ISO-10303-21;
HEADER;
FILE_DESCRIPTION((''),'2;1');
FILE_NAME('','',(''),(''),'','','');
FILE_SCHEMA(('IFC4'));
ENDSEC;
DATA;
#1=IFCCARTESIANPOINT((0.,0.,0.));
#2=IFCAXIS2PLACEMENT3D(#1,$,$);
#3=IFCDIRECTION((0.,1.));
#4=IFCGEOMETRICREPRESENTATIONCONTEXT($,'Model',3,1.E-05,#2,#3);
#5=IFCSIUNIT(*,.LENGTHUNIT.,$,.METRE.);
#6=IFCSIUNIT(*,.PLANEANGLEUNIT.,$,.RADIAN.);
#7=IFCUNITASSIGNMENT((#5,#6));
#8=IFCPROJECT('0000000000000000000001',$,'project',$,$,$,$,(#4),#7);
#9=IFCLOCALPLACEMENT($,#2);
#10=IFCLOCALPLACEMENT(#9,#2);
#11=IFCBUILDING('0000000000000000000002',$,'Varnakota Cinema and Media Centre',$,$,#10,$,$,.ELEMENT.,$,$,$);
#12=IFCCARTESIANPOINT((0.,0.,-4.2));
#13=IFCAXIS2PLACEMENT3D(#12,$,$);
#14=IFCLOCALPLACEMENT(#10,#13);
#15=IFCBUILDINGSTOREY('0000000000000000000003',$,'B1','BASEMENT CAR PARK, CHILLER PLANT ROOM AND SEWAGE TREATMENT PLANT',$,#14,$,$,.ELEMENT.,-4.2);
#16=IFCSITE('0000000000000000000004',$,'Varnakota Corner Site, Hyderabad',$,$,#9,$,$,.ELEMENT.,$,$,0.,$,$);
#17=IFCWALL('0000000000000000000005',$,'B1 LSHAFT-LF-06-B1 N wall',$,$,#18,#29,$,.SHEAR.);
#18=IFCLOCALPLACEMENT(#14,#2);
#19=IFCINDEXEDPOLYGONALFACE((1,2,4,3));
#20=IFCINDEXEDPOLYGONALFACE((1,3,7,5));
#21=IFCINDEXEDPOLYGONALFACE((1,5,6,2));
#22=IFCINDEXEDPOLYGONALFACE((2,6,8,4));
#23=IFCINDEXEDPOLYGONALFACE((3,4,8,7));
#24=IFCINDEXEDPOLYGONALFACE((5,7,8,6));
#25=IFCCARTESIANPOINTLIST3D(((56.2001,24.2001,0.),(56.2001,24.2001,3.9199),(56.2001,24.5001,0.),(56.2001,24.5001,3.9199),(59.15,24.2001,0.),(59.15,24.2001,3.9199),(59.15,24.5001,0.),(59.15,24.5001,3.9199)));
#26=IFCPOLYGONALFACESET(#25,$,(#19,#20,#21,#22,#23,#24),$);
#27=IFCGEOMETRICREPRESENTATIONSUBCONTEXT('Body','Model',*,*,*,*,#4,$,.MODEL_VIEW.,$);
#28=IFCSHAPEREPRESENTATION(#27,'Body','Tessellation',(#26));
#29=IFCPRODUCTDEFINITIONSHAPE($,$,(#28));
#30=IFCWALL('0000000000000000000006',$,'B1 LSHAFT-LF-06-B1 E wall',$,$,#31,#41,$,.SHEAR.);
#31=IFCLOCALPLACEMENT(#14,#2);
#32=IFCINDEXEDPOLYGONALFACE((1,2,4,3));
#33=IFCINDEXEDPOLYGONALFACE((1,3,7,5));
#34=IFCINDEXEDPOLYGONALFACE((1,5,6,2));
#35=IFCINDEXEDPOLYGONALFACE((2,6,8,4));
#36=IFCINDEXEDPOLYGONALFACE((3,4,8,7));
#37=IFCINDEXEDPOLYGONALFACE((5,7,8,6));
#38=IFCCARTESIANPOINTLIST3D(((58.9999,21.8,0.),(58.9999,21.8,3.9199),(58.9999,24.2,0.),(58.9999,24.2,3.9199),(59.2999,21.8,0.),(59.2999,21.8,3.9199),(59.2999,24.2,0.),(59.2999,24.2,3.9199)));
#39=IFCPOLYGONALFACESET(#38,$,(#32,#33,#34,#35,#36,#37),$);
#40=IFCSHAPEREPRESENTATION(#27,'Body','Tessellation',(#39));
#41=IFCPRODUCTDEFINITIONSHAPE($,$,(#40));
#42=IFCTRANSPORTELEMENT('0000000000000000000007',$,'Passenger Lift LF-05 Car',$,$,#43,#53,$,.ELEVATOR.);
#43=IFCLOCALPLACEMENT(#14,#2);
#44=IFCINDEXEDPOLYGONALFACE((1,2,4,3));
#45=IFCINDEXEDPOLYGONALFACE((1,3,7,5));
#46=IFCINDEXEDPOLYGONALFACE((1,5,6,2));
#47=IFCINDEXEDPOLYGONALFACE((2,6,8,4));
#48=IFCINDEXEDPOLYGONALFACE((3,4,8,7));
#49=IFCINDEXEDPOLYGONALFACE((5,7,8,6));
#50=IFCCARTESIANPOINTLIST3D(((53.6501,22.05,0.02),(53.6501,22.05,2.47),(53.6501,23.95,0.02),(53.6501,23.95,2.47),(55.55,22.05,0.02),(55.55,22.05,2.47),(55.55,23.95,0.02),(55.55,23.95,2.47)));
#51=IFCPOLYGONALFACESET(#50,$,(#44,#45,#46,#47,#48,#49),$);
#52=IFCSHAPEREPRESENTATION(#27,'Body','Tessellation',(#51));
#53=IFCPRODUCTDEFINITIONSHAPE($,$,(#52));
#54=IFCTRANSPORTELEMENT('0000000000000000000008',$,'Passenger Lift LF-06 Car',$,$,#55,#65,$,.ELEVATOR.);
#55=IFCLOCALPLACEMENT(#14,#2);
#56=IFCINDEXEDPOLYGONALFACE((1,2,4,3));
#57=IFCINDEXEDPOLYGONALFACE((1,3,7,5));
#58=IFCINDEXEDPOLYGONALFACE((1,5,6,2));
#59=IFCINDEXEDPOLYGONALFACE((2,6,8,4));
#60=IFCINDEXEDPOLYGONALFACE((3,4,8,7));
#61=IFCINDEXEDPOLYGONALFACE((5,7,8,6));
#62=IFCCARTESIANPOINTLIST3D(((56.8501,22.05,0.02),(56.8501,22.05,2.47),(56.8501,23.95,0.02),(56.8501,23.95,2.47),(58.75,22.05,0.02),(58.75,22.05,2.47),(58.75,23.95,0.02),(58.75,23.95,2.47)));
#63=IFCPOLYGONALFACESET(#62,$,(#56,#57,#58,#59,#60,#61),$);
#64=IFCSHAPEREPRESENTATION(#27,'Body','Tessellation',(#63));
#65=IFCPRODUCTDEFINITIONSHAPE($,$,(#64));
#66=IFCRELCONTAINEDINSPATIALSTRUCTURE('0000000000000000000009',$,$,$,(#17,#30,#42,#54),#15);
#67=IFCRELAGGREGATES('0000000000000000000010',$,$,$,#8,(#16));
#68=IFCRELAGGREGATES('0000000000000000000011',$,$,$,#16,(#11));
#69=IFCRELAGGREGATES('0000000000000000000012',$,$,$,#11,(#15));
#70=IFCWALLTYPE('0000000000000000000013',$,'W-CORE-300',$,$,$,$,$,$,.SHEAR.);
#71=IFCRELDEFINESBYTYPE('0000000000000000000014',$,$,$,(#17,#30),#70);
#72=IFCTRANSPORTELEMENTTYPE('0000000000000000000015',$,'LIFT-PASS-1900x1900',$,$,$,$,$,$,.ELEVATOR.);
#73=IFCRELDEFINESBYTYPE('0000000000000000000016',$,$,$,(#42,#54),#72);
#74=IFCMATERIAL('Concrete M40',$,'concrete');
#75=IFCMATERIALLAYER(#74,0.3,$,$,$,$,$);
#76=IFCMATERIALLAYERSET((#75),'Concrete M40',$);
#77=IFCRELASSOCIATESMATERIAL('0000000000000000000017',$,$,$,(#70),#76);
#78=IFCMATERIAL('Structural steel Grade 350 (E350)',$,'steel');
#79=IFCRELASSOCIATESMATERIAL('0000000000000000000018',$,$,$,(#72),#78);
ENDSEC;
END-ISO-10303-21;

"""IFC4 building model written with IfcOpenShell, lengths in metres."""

from ifc_helpers import new_model, si_unit, direction, frame, frame_2d, origin, origin_2d, place, context, subcontext, project, spatial, rectangle, extrude, material, layer, layer_set, type_object, element, save


model = new_model("IFC4")

# Units and contexts
model_context = context("Model", 3, precision=1e-05, world=origin(), true_north=direction((0.0, 1.0)))
body_context = subcontext(model_context, "Body", "Model", "MODEL_VIEW")
ifc_project = project(units=[si_unit("LENGTHUNIT", "METRE"), si_unit("PLANEANGLEUNIT", "RADIAN")], contexts=[model_context])

# Site, building, storey
site_placement = place(None, origin())
site = spatial("IfcSite", under=ifc_project, at=site_placement, Name="Varnakota Corner Site, Hyderabad", CompositionType="ELEMENT", RefElevation=0.0)
building_placement = place(site_placement, origin())
building = spatial("IfcBuilding", under=site, at=building_placement, Name="Varnakota Cinema and Media Centre", CompositionType="ELEMENT")
storey_placement = place(building_placement, frame((0.0, 0.0, -4.2)))
storey = spatial("IfcBuildingStorey", under=building, at=storey_placement, Name="B1", Description="BASEMENT CAR PARK, CHILLER PLANT ROOM AND SEWAGE TREATMENT PLANT", CompositionType="ELEMENT", Elevation=-4.2)

# Shared definitions
ifc_material_1 = material(Name="Concrete M40", Category="concrete")
ifc_layer = layer(ifc_material_1, 0.3)
ifc_layer_set = layer_set([ifc_layer], Name="Concrete M40")
wall_type = type_object("IfcWallType", Name="W-CORE-300", PredefinedType="SHEAR", material=ifc_layer_set)

# Walls
wall_1_placement = place(storey_placement, frame((56.2, 24.3501, 0.0), z_axis=(0.0, 0.0, 1.0), x_axis=(1.0, 0.0, 0.0)))
element("IfcWall", 1, at=wall_1_placement, inside=storey, type_object=wall_type, Name="B1 LSHAFT-LF-06-B1 N wall", PredefinedType="SHEAR", context=body_context, shape_type="SweptSolid", body=[
    extrude(rectangle(XDim=2.95, YDim=0.3, at=frame_2d((1.4751, 0.0))), origin(), (0.0, 0.0, 1.0), 3.9199),
])
wall_2_placement = place(storey_placement, frame((59.1499, 24.2, 0.0), z_axis=(0.0, 0.0, 1.0), x_axis=(0.0, -1.0, 0.0)))
element("IfcWall", 2, at=wall_2_placement, inside=storey, type_object=wall_type, Name="B1 LSHAFT-LF-06-B1 E wall", PredefinedType="SHEAR", context=body_context, shape_type="SweptSolid", body=[
    extrude(rectangle(XDim=2.3999, YDim=0.3, at=frame_2d((1.2, 0.0))), origin(), (0.0, 0.0, 1.0), 3.9199),
])

# Transport elements
ifc_material_2 = material(Name="Structural steel Grade 350 (E350)", Category="steel")
transport_element_type = type_object("IfcTransportElementType", Name="LIFT-PASS-1900x1900", PredefinedType="ELEVATOR", material=ifc_material_2)
for number, where, z_axis, x_axis, name in (
    (3, (54.6001, 23.0, 0.02), (0.0, 0.0, 1.0), (1.0, 0.0, 0.0), "Passenger Lift LF-05 Car"),
    (4, (57.8, 23.0, 0.02), (0.0, 0.0, 1.0), (1.0, 0.0, 0.0), "Passenger Lift LF-06 Car"),
):
    element("IfcTransportElement", number, at=place(storey_placement, frame(where, z_axis=z_axis, x_axis=x_axis)), inside=storey, type_object=transport_element_type, Name=name, PredefinedType="ELEVATOR", context=body_context, shape_type="SweptSolid", body=[
        extrude(rectangle(XDim=1.8999, YDim=1.8999, at=origin_2d()), origin(), (0.0, 0.0, 1.0), 2.45),
    ])

save(model, "model.ifc")
